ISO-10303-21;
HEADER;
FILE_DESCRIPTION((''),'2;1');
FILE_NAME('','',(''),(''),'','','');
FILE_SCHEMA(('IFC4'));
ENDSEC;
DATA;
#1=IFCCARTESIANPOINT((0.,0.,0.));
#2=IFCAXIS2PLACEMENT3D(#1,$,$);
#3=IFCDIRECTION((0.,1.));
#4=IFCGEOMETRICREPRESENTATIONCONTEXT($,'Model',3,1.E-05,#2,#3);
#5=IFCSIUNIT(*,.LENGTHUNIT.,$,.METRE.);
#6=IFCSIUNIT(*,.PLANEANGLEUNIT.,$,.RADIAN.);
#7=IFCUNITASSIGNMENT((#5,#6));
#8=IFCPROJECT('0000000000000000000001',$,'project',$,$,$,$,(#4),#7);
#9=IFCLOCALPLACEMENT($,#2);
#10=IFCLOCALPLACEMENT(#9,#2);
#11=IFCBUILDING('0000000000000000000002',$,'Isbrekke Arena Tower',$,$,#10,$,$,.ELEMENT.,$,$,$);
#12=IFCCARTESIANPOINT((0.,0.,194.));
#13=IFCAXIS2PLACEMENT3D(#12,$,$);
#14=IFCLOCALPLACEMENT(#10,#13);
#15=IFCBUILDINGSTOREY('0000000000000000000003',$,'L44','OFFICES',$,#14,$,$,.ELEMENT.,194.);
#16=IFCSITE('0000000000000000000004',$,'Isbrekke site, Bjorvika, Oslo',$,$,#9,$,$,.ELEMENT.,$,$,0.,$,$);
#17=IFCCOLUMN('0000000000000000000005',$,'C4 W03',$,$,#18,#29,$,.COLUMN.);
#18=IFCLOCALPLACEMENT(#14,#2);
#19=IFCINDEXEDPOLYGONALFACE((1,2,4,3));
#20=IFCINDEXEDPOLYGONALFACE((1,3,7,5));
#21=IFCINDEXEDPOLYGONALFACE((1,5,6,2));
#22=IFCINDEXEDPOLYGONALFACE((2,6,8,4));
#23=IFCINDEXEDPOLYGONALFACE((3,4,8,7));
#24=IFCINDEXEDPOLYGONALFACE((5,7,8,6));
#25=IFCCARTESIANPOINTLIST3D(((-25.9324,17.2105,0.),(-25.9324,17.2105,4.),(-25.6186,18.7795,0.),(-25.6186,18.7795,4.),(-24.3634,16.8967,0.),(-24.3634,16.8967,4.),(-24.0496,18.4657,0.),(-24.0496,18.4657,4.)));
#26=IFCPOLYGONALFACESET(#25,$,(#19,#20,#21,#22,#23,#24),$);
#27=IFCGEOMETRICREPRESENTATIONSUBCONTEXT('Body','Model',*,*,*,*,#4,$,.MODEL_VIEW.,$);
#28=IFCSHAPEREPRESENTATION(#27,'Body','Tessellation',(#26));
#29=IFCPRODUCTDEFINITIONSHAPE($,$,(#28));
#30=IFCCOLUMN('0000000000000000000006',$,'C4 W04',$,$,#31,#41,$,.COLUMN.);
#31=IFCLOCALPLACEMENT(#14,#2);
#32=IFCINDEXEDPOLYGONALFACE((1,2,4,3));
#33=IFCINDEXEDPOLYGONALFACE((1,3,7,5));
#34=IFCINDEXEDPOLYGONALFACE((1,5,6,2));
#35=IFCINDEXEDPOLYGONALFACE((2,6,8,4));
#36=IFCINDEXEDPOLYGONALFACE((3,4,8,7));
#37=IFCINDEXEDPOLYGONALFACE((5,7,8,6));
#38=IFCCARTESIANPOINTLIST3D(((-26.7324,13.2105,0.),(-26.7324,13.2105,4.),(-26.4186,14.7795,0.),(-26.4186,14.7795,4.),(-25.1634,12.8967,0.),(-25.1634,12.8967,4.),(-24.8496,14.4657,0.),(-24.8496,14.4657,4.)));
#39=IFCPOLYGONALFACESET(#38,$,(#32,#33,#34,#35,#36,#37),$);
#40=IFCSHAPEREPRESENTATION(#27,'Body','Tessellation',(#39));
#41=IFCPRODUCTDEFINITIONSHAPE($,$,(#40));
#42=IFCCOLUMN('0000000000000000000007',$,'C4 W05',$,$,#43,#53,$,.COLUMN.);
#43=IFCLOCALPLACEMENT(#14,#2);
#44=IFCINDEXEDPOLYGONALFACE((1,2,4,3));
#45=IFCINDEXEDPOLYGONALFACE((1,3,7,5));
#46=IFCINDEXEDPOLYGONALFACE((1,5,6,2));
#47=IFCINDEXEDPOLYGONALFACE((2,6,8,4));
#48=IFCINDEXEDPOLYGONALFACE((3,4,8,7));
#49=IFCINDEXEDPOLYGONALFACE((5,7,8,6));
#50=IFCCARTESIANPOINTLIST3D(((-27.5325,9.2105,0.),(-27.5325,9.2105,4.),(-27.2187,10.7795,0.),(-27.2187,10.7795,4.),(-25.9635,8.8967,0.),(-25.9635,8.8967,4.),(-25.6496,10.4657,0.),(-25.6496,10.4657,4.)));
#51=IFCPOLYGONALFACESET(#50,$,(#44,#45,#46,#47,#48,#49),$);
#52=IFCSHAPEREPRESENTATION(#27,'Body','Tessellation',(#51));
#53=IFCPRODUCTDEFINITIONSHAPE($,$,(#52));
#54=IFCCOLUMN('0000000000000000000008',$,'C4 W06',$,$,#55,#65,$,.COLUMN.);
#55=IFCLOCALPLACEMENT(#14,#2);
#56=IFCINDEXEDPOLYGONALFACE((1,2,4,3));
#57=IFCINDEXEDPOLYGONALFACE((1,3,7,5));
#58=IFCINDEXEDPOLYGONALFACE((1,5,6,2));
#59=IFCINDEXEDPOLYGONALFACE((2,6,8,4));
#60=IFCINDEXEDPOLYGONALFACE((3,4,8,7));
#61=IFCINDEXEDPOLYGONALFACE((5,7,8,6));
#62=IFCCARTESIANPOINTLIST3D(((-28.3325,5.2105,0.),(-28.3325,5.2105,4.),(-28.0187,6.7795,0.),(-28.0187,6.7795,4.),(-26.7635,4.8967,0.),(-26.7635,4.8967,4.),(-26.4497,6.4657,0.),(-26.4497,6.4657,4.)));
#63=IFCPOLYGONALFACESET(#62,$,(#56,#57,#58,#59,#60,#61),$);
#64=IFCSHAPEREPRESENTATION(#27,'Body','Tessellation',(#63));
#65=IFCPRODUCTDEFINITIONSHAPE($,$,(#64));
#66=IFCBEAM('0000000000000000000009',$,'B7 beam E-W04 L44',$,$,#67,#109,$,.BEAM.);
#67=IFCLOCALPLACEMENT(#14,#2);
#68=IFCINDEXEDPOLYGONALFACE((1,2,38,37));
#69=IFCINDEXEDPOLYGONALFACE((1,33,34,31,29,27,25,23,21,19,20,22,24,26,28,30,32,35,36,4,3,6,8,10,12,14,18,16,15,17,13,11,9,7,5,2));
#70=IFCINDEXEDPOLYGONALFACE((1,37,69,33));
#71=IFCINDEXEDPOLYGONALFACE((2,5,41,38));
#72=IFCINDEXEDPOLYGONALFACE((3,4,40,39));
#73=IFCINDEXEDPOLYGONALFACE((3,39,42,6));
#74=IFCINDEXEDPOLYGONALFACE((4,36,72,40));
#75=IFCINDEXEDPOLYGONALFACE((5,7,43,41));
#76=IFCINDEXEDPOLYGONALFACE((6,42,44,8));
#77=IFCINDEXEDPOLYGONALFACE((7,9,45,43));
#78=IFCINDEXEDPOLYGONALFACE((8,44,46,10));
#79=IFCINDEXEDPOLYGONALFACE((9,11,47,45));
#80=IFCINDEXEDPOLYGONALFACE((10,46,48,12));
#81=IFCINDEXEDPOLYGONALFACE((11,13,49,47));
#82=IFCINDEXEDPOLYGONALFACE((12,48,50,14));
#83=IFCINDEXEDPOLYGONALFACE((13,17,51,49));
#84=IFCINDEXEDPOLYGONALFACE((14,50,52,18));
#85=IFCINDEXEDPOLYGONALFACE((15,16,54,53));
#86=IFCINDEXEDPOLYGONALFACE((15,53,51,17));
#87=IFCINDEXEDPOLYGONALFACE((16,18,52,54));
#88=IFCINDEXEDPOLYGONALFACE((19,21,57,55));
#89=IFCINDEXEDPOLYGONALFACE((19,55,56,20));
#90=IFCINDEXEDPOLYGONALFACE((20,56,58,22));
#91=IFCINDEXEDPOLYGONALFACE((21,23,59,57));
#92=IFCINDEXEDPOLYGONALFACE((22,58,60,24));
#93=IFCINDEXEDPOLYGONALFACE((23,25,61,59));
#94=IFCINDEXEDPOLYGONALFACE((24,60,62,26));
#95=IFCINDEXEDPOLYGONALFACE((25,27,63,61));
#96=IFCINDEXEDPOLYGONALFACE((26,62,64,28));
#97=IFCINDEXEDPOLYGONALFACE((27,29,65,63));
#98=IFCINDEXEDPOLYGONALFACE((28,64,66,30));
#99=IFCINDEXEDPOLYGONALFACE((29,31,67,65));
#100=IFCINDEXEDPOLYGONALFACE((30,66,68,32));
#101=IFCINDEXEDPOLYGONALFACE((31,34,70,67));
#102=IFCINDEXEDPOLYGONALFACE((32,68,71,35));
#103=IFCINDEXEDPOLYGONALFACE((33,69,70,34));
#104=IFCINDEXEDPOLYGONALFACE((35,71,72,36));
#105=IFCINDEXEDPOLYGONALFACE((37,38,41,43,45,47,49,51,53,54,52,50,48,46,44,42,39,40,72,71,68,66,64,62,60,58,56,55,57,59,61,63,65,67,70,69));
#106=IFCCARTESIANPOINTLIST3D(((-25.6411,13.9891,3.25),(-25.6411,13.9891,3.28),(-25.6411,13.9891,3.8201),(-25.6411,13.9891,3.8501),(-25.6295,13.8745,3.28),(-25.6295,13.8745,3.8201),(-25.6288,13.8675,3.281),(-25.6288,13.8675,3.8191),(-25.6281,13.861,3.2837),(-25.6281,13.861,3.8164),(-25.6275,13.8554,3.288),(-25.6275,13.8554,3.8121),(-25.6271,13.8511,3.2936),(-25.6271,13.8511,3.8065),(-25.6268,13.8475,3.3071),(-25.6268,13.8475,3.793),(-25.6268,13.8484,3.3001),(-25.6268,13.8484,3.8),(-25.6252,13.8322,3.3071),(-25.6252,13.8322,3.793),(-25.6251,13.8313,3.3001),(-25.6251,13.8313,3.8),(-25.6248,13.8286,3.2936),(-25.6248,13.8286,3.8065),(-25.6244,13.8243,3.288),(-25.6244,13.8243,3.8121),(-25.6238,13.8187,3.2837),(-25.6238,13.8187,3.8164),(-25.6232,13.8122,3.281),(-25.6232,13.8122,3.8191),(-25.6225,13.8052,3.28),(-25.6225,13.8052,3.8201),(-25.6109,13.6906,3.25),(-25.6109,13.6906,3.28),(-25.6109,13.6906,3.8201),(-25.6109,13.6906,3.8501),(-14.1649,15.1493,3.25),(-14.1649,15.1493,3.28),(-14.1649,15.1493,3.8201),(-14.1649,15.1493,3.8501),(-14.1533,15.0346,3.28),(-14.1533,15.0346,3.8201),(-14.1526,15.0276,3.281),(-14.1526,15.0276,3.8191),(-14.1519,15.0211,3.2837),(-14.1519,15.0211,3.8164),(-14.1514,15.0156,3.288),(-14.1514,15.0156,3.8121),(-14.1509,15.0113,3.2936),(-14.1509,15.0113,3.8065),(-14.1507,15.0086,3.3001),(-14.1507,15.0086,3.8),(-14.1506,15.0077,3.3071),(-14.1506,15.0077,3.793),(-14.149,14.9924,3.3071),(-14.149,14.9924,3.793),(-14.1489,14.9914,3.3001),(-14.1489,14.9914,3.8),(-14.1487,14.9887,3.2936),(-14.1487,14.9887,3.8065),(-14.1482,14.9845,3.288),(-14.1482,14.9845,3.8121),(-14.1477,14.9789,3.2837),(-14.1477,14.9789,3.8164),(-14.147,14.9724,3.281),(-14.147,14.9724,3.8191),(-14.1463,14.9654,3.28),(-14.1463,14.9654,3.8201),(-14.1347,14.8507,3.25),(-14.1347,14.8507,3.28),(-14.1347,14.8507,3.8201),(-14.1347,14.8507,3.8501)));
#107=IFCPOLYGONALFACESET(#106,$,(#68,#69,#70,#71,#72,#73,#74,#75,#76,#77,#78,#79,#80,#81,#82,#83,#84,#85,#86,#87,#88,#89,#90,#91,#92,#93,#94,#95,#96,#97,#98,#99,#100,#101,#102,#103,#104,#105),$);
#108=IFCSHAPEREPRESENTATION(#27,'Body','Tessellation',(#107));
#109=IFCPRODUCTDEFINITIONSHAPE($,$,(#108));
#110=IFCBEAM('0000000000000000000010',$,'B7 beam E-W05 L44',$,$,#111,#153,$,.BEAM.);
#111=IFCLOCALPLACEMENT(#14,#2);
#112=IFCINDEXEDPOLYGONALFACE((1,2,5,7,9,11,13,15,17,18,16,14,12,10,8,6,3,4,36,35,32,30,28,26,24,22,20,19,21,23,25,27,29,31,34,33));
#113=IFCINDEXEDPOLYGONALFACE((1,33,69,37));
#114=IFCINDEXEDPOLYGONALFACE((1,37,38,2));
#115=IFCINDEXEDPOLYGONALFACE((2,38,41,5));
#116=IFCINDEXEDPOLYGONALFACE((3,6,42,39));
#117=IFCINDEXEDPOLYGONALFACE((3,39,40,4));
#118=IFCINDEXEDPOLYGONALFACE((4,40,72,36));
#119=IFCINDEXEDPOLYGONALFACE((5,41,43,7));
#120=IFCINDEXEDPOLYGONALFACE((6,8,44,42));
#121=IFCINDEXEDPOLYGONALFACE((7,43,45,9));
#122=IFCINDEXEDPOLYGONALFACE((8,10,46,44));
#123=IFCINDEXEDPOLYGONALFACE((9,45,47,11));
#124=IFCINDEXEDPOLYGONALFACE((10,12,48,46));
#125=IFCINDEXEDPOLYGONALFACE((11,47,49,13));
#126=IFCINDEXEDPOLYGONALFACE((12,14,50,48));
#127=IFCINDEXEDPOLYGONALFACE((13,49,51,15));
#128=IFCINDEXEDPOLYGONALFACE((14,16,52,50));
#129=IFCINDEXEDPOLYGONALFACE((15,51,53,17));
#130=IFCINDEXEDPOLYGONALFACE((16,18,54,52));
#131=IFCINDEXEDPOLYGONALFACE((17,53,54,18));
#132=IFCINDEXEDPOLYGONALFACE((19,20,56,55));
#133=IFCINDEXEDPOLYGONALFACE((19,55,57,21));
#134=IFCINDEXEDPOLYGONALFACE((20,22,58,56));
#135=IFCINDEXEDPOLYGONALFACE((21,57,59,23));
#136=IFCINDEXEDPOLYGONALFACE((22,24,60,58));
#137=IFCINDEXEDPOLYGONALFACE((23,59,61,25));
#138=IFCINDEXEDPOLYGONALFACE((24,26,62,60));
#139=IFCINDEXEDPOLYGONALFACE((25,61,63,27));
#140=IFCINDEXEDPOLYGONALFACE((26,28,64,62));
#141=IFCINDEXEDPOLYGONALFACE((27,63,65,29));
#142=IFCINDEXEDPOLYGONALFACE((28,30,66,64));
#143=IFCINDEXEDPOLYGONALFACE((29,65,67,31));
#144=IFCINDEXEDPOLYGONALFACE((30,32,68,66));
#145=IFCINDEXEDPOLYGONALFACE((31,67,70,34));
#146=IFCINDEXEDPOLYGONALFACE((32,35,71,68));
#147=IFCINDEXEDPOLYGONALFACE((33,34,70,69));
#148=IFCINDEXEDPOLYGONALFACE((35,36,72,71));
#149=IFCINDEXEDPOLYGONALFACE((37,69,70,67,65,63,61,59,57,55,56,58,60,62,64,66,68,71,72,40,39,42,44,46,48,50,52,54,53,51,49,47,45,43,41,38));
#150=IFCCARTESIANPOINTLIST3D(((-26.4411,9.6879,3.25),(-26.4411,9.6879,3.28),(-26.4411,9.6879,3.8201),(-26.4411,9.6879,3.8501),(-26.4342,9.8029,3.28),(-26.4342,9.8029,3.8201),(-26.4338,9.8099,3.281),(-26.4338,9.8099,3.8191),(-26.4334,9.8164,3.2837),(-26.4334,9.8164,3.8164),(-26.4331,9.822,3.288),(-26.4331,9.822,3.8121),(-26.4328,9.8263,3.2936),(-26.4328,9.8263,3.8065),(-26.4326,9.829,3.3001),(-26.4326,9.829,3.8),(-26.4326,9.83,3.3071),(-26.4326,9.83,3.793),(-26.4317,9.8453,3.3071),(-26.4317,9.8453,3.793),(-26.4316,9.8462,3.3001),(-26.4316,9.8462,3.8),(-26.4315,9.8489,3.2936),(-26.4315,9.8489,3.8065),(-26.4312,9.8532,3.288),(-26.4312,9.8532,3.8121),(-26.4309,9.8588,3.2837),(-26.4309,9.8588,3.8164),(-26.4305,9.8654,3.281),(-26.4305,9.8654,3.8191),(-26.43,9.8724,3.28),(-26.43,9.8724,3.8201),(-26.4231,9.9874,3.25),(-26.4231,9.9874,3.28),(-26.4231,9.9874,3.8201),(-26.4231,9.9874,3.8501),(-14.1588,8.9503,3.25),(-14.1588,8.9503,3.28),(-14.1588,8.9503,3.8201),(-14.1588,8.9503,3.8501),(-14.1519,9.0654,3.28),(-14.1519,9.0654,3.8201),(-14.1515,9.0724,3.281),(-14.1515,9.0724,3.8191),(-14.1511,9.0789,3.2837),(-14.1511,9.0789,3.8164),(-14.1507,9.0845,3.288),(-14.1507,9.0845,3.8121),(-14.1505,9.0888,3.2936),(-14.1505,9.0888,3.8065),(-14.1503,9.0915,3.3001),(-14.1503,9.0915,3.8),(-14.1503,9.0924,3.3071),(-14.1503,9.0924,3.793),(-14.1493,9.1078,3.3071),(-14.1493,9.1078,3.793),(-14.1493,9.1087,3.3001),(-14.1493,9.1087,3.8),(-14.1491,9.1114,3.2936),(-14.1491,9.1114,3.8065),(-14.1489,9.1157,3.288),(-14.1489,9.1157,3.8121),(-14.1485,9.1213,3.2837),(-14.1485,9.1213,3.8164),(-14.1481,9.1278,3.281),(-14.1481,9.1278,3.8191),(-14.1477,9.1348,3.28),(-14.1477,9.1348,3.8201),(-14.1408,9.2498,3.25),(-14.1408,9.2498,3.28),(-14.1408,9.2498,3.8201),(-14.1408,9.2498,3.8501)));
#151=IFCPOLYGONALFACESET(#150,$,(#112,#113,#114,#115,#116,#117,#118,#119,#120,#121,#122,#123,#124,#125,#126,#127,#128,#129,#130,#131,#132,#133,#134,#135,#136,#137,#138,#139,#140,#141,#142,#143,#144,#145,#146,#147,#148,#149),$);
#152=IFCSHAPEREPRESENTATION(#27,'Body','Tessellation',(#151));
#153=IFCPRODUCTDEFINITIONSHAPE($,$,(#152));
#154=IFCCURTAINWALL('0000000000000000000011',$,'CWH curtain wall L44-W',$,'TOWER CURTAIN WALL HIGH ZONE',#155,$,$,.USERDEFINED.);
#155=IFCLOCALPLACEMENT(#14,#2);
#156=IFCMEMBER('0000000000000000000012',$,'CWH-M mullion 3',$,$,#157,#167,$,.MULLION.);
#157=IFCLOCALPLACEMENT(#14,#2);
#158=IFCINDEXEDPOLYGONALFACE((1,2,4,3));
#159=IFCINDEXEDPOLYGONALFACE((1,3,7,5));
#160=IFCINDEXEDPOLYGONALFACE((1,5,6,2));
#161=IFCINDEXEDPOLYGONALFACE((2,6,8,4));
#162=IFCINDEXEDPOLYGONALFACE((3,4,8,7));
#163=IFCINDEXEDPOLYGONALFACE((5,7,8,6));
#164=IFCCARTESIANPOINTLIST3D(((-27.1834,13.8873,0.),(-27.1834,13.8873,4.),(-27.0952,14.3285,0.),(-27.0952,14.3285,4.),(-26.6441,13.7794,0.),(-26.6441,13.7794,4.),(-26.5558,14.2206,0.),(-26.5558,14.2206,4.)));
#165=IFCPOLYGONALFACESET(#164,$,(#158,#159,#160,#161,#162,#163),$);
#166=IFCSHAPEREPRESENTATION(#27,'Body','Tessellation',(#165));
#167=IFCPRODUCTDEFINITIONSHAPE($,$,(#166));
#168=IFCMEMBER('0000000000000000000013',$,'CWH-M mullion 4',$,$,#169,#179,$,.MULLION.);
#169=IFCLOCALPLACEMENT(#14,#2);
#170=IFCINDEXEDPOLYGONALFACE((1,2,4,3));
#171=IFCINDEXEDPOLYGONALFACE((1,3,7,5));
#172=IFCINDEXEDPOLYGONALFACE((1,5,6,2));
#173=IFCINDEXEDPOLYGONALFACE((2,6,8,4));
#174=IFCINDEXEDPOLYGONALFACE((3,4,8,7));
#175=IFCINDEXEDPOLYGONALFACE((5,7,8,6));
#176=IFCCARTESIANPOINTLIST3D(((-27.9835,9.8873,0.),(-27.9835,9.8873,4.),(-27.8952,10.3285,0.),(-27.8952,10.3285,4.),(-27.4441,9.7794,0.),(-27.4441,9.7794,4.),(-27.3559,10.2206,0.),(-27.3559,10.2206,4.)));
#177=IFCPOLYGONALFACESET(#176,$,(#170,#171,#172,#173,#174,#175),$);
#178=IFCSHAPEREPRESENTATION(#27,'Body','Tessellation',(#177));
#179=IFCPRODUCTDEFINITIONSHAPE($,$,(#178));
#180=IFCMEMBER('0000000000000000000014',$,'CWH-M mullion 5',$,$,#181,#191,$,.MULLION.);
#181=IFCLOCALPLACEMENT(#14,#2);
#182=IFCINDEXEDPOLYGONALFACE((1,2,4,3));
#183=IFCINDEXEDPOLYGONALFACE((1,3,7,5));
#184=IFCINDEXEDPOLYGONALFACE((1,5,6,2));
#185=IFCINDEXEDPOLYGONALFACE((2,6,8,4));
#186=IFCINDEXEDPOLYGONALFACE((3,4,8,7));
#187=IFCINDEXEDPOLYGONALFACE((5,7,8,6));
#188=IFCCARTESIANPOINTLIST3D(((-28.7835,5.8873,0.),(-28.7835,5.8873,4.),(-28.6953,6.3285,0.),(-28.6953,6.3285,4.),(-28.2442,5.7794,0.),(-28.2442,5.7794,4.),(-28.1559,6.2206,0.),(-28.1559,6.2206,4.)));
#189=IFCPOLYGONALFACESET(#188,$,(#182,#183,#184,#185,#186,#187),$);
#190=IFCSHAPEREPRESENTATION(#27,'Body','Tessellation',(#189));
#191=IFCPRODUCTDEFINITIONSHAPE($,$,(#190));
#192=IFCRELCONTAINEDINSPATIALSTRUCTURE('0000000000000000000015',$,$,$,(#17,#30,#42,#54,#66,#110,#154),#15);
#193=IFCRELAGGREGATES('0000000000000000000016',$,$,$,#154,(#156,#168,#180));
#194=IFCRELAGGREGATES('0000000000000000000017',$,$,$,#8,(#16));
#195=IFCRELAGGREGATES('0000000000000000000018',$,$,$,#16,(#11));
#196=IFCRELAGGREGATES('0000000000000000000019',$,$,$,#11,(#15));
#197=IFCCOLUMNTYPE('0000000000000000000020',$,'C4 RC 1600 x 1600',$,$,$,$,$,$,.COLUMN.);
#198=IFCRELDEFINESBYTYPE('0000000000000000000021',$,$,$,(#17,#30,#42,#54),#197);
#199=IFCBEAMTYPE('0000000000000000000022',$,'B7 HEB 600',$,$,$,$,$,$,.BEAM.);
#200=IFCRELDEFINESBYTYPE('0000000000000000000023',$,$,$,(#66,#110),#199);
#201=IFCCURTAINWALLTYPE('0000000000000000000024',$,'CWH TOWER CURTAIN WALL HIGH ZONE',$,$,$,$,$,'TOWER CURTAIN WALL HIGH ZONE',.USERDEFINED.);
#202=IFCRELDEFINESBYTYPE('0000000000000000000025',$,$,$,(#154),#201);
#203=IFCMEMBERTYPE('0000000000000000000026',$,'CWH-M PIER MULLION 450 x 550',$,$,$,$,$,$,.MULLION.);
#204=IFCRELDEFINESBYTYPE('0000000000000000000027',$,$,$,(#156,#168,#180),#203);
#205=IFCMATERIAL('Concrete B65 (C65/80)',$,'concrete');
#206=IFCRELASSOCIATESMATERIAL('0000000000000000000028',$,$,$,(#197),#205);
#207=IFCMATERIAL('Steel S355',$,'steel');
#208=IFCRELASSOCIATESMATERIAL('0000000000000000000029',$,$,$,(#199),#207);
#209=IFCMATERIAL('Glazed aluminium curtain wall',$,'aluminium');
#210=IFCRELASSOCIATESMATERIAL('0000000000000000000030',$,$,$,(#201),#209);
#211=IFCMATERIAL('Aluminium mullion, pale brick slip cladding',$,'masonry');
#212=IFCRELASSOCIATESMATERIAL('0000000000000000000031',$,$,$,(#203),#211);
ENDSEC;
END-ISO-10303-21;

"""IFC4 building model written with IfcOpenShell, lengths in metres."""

from ifc_helpers import new_model, si_unit, direction, frame, origin, origin_2d, place, context, subcontext, project, spatial, rectangle, i_section, extrude, material, material_profile, profile_set, type_object, element, aggregate, save


model = new_model("IFC4")

# Units and contexts
model_context = context("Model", 3, precision=1e-05, world=origin(), true_north=direction((0.0, 1.0)))
body_context = subcontext(model_context, "Body", "Model", "MODEL_VIEW")
ifc_project = project(units=[si_unit("LENGTHUNIT", "METRE"), si_unit("PLANEANGLEUNIT", "RADIAN")], contexts=[model_context])

# Site, building, storey
site_placement = place(None, origin())
site = spatial("IfcSite", under=ifc_project, at=site_placement, Name="Isbrekke site, Bjorvika, Oslo", CompositionType="ELEMENT", RefElevation=0.0)
building_placement = place(site_placement, origin())
building = spatial("IfcBuilding", under=site, at=building_placement, Name="Isbrekke Arena Tower", CompositionType="ELEMENT")
storey_placement = place(building_placement, frame((0.0, 0.0, 194.0)))
storey = spatial("IfcBuildingStorey", under=building, at=storey_placement, Name="L44", Description="OFFICES", CompositionType="ELEMENT", Elevation=194.0)

# Columns
ifc_material_1 = material(Name="Concrete B65 (C65/80)", Category="concrete")
ifc_material_profile_1 = material_profile(ifc_material_1, rectangle(XDim=1.6001, YDim=1.6001, at=origin_2d()), Name="RC 1600x1600")
ifc_profile_set_1 = profile_set([ifc_material_profile_1], Name="Concrete B65 (C65/80)")
column_type = type_object("IfcColumnType", Name="C4 RC 1600 x 1600", PredefinedType="COLUMN", material=ifc_profile_set_1)
for number, where, z_axis, x_axis, name in (
    (1, (-24.991, 17.8381, 0.0), (0.0, 0.0, 1.0), (-0.196116, -0.980581, 0.0), "C4 W03"),
    (2, (-25.791, 13.8381, 0.0), (0.0, 0.0, 1.0), (-0.196116, -0.980581, 0.0), "C4 W04"),
    (3, (-26.5911, 9.8381, 0.0), (0.0, 0.0, 1.0), (-0.196116, -0.980581, 0.0), "C4 W05"),
    (4, (-27.3911, 5.8381, 0.0), (0.0, 0.0, 1.0), (-0.196116, -0.980581, 0.0), "C4 W06"),
):
    element("IfcColumn", number, at=place(storey_placement, frame(where, z_axis=z_axis, x_axis=x_axis)), inside=storey, type_object=column_type, Name=name, PredefinedType="COLUMN", context=body_context, shape_type="SweptSolid", body=[
        extrude(rectangle(XDim=1.6001, YDim=1.6001, at=origin_2d()), origin(), (0.0, 0.0, 1.0), 4.0),
    ])

# Beams
ifc_material_2 = material(Name="Steel S355", Category="steel")
ifc_material_profile_2 = material_profile(ifc_material_2, i_section(OverallWidth=0.3, OverallDepth=0.6001, WebThickness=0.0154, FlangeThickness=0.03, FilletRadius=0.0271, at=origin_2d()), Name="HEB 600")
ifc_profile_set_2 = profile_set([ifc_material_profile_2], Name="Steel S355")
beam_type_1 = type_object("IfcBeamType", Name="B7 HEB 600", PredefinedType="BEAM", material=ifc_profile_set_2)
beam_1_placement = place(storey_placement, frame((-25.626, 13.8398, 3.55), z_axis=(0.994929, 0.100581, 0.0), x_axis=(-0.100581, 0.994929, 0.0)))
element("IfcBeam", 5, at=beam_1_placement, inside=storey, type_object=beam_type_1, Name="B7 beam E-W04 L44", PredefinedType="BEAM", context=body_context, shape_type="SweptSolid", body=[
    extrude(i_section(OverallWidth=0.3, OverallDepth=0.6001, WebThickness=0.0154, FlangeThickness=0.03, FilletRadius=0.0271, at=origin_2d()), origin(), (0.0, 0.0, 1.0), 11.5347),
])
beam_2_placement = place(storey_placement, frame((-26.4321, 9.8376, 3.55), z_axis=(0.998202, -0.059942, 0.0), x_axis=(0.059942, 0.998202, 0.0)))
element("IfcBeam", 6, at=beam_2_placement, inside=storey, type_object=beam_type_1, Name="B7 beam E-W05 L44", PredefinedType="BEAM", context=body_context, shape_type="SweptSolid", body=[
    extrude(i_section(OverallWidth=0.3, OverallDepth=0.6001, WebThickness=0.0154, FlangeThickness=0.03, FilletRadius=0.0271, at=origin_2d()), origin(), (0.0, 0.0, 1.0), 12.3044),
])

# Curtain wall, members
ifc_material_3 = material(Name="Glazed aluminium curtain wall", Category="aluminium")
curtain_wall_type = type_object("IfcCurtainWallType", Name="CWH TOWER CURTAIN WALL HIGH ZONE", ElementType="TOWER CURTAIN WALL HIGH ZONE", PredefinedType="USERDEFINED", material=ifc_material_3)
curtain_wall_placement = place(storey_placement, origin())
curtain_wall = element("IfcCurtainWall", 7, at=curtain_wall_placement, inside=storey, type_object=curtain_wall_type, Name="CWH curtain wall L44-W", ObjectType="TOWER CURTAIN WALL HIGH ZONE", PredefinedType="USERDEFINED")
ifc_material_4 = material(Name="Aluminium mullion, pale brick slip cladding", Category="masonry")
ifc_material_profile_3 = material_profile(ifc_material_4, rectangle(XDim=0.45, YDim=0.55, at=origin_2d()), Name="PIER 450X550")
ifc_profile_set_3 = profile_set([ifc_material_profile_3], Name="Aluminium mullion, pale brick slip cladding")
member_type_1 = type_object("IfcMemberType", Name="CWH-M PIER MULLION 450 x 550", PredefinedType="MULLION", material=ifc_profile_set_3)
member_1_placement = place(storey_placement, frame((-26.8696, 14.054, 0.0), z_axis=(0.0, 0.0, 1.0), x_axis=(-0.196116, -0.980581, 0.0)))
member_1 = element("IfcMember", 8, at=member_1_placement, type_object=member_type_1, Name="CWH-M mullion 3", PredefinedType="MULLION", context=body_context, shape_type="SweptSolid", body=[
    extrude(rectangle(XDim=0.45, YDim=0.55, at=origin_2d()), origin(), (0.0, 0.0, 1.0), 4.0),
])
member_2_placement = place(storey_placement, frame((-27.6697, 10.054, 0.0), z_axis=(0.0, 0.0, 1.0), x_axis=(-0.196116, -0.980581, 0.0)))
member_2 = element("IfcMember", 9, at=member_2_placement, type_object=member_type_1, Name="CWH-M mullion 4", PredefinedType="MULLION", context=body_context, shape_type="SweptSolid", body=[
    extrude(rectangle(XDim=0.45, YDim=0.55, at=origin_2d()), origin(), (0.0, 0.0, 1.0), 4.0),
])
member_3_placement = place(storey_placement, frame((-28.4697, 6.054, 0.0), z_axis=(0.0, 0.0, 1.0), x_axis=(-0.196116, -0.980581, 0.0)))
member_3 = element("IfcMember", 10, at=member_3_placement, type_object=member_type_1, Name="CWH-M mullion 5", PredefinedType="MULLION", context=body_context, shape_type="SweptSolid", body=[
    extrude(rectangle(XDim=0.45, YDim=0.55, at=origin_2d()), origin(), (0.0, 0.0, 1.0), 4.0),
])

aggregate(curtain_wall, [member_1, member_2, member_3])

save(model, "model.ifc")
